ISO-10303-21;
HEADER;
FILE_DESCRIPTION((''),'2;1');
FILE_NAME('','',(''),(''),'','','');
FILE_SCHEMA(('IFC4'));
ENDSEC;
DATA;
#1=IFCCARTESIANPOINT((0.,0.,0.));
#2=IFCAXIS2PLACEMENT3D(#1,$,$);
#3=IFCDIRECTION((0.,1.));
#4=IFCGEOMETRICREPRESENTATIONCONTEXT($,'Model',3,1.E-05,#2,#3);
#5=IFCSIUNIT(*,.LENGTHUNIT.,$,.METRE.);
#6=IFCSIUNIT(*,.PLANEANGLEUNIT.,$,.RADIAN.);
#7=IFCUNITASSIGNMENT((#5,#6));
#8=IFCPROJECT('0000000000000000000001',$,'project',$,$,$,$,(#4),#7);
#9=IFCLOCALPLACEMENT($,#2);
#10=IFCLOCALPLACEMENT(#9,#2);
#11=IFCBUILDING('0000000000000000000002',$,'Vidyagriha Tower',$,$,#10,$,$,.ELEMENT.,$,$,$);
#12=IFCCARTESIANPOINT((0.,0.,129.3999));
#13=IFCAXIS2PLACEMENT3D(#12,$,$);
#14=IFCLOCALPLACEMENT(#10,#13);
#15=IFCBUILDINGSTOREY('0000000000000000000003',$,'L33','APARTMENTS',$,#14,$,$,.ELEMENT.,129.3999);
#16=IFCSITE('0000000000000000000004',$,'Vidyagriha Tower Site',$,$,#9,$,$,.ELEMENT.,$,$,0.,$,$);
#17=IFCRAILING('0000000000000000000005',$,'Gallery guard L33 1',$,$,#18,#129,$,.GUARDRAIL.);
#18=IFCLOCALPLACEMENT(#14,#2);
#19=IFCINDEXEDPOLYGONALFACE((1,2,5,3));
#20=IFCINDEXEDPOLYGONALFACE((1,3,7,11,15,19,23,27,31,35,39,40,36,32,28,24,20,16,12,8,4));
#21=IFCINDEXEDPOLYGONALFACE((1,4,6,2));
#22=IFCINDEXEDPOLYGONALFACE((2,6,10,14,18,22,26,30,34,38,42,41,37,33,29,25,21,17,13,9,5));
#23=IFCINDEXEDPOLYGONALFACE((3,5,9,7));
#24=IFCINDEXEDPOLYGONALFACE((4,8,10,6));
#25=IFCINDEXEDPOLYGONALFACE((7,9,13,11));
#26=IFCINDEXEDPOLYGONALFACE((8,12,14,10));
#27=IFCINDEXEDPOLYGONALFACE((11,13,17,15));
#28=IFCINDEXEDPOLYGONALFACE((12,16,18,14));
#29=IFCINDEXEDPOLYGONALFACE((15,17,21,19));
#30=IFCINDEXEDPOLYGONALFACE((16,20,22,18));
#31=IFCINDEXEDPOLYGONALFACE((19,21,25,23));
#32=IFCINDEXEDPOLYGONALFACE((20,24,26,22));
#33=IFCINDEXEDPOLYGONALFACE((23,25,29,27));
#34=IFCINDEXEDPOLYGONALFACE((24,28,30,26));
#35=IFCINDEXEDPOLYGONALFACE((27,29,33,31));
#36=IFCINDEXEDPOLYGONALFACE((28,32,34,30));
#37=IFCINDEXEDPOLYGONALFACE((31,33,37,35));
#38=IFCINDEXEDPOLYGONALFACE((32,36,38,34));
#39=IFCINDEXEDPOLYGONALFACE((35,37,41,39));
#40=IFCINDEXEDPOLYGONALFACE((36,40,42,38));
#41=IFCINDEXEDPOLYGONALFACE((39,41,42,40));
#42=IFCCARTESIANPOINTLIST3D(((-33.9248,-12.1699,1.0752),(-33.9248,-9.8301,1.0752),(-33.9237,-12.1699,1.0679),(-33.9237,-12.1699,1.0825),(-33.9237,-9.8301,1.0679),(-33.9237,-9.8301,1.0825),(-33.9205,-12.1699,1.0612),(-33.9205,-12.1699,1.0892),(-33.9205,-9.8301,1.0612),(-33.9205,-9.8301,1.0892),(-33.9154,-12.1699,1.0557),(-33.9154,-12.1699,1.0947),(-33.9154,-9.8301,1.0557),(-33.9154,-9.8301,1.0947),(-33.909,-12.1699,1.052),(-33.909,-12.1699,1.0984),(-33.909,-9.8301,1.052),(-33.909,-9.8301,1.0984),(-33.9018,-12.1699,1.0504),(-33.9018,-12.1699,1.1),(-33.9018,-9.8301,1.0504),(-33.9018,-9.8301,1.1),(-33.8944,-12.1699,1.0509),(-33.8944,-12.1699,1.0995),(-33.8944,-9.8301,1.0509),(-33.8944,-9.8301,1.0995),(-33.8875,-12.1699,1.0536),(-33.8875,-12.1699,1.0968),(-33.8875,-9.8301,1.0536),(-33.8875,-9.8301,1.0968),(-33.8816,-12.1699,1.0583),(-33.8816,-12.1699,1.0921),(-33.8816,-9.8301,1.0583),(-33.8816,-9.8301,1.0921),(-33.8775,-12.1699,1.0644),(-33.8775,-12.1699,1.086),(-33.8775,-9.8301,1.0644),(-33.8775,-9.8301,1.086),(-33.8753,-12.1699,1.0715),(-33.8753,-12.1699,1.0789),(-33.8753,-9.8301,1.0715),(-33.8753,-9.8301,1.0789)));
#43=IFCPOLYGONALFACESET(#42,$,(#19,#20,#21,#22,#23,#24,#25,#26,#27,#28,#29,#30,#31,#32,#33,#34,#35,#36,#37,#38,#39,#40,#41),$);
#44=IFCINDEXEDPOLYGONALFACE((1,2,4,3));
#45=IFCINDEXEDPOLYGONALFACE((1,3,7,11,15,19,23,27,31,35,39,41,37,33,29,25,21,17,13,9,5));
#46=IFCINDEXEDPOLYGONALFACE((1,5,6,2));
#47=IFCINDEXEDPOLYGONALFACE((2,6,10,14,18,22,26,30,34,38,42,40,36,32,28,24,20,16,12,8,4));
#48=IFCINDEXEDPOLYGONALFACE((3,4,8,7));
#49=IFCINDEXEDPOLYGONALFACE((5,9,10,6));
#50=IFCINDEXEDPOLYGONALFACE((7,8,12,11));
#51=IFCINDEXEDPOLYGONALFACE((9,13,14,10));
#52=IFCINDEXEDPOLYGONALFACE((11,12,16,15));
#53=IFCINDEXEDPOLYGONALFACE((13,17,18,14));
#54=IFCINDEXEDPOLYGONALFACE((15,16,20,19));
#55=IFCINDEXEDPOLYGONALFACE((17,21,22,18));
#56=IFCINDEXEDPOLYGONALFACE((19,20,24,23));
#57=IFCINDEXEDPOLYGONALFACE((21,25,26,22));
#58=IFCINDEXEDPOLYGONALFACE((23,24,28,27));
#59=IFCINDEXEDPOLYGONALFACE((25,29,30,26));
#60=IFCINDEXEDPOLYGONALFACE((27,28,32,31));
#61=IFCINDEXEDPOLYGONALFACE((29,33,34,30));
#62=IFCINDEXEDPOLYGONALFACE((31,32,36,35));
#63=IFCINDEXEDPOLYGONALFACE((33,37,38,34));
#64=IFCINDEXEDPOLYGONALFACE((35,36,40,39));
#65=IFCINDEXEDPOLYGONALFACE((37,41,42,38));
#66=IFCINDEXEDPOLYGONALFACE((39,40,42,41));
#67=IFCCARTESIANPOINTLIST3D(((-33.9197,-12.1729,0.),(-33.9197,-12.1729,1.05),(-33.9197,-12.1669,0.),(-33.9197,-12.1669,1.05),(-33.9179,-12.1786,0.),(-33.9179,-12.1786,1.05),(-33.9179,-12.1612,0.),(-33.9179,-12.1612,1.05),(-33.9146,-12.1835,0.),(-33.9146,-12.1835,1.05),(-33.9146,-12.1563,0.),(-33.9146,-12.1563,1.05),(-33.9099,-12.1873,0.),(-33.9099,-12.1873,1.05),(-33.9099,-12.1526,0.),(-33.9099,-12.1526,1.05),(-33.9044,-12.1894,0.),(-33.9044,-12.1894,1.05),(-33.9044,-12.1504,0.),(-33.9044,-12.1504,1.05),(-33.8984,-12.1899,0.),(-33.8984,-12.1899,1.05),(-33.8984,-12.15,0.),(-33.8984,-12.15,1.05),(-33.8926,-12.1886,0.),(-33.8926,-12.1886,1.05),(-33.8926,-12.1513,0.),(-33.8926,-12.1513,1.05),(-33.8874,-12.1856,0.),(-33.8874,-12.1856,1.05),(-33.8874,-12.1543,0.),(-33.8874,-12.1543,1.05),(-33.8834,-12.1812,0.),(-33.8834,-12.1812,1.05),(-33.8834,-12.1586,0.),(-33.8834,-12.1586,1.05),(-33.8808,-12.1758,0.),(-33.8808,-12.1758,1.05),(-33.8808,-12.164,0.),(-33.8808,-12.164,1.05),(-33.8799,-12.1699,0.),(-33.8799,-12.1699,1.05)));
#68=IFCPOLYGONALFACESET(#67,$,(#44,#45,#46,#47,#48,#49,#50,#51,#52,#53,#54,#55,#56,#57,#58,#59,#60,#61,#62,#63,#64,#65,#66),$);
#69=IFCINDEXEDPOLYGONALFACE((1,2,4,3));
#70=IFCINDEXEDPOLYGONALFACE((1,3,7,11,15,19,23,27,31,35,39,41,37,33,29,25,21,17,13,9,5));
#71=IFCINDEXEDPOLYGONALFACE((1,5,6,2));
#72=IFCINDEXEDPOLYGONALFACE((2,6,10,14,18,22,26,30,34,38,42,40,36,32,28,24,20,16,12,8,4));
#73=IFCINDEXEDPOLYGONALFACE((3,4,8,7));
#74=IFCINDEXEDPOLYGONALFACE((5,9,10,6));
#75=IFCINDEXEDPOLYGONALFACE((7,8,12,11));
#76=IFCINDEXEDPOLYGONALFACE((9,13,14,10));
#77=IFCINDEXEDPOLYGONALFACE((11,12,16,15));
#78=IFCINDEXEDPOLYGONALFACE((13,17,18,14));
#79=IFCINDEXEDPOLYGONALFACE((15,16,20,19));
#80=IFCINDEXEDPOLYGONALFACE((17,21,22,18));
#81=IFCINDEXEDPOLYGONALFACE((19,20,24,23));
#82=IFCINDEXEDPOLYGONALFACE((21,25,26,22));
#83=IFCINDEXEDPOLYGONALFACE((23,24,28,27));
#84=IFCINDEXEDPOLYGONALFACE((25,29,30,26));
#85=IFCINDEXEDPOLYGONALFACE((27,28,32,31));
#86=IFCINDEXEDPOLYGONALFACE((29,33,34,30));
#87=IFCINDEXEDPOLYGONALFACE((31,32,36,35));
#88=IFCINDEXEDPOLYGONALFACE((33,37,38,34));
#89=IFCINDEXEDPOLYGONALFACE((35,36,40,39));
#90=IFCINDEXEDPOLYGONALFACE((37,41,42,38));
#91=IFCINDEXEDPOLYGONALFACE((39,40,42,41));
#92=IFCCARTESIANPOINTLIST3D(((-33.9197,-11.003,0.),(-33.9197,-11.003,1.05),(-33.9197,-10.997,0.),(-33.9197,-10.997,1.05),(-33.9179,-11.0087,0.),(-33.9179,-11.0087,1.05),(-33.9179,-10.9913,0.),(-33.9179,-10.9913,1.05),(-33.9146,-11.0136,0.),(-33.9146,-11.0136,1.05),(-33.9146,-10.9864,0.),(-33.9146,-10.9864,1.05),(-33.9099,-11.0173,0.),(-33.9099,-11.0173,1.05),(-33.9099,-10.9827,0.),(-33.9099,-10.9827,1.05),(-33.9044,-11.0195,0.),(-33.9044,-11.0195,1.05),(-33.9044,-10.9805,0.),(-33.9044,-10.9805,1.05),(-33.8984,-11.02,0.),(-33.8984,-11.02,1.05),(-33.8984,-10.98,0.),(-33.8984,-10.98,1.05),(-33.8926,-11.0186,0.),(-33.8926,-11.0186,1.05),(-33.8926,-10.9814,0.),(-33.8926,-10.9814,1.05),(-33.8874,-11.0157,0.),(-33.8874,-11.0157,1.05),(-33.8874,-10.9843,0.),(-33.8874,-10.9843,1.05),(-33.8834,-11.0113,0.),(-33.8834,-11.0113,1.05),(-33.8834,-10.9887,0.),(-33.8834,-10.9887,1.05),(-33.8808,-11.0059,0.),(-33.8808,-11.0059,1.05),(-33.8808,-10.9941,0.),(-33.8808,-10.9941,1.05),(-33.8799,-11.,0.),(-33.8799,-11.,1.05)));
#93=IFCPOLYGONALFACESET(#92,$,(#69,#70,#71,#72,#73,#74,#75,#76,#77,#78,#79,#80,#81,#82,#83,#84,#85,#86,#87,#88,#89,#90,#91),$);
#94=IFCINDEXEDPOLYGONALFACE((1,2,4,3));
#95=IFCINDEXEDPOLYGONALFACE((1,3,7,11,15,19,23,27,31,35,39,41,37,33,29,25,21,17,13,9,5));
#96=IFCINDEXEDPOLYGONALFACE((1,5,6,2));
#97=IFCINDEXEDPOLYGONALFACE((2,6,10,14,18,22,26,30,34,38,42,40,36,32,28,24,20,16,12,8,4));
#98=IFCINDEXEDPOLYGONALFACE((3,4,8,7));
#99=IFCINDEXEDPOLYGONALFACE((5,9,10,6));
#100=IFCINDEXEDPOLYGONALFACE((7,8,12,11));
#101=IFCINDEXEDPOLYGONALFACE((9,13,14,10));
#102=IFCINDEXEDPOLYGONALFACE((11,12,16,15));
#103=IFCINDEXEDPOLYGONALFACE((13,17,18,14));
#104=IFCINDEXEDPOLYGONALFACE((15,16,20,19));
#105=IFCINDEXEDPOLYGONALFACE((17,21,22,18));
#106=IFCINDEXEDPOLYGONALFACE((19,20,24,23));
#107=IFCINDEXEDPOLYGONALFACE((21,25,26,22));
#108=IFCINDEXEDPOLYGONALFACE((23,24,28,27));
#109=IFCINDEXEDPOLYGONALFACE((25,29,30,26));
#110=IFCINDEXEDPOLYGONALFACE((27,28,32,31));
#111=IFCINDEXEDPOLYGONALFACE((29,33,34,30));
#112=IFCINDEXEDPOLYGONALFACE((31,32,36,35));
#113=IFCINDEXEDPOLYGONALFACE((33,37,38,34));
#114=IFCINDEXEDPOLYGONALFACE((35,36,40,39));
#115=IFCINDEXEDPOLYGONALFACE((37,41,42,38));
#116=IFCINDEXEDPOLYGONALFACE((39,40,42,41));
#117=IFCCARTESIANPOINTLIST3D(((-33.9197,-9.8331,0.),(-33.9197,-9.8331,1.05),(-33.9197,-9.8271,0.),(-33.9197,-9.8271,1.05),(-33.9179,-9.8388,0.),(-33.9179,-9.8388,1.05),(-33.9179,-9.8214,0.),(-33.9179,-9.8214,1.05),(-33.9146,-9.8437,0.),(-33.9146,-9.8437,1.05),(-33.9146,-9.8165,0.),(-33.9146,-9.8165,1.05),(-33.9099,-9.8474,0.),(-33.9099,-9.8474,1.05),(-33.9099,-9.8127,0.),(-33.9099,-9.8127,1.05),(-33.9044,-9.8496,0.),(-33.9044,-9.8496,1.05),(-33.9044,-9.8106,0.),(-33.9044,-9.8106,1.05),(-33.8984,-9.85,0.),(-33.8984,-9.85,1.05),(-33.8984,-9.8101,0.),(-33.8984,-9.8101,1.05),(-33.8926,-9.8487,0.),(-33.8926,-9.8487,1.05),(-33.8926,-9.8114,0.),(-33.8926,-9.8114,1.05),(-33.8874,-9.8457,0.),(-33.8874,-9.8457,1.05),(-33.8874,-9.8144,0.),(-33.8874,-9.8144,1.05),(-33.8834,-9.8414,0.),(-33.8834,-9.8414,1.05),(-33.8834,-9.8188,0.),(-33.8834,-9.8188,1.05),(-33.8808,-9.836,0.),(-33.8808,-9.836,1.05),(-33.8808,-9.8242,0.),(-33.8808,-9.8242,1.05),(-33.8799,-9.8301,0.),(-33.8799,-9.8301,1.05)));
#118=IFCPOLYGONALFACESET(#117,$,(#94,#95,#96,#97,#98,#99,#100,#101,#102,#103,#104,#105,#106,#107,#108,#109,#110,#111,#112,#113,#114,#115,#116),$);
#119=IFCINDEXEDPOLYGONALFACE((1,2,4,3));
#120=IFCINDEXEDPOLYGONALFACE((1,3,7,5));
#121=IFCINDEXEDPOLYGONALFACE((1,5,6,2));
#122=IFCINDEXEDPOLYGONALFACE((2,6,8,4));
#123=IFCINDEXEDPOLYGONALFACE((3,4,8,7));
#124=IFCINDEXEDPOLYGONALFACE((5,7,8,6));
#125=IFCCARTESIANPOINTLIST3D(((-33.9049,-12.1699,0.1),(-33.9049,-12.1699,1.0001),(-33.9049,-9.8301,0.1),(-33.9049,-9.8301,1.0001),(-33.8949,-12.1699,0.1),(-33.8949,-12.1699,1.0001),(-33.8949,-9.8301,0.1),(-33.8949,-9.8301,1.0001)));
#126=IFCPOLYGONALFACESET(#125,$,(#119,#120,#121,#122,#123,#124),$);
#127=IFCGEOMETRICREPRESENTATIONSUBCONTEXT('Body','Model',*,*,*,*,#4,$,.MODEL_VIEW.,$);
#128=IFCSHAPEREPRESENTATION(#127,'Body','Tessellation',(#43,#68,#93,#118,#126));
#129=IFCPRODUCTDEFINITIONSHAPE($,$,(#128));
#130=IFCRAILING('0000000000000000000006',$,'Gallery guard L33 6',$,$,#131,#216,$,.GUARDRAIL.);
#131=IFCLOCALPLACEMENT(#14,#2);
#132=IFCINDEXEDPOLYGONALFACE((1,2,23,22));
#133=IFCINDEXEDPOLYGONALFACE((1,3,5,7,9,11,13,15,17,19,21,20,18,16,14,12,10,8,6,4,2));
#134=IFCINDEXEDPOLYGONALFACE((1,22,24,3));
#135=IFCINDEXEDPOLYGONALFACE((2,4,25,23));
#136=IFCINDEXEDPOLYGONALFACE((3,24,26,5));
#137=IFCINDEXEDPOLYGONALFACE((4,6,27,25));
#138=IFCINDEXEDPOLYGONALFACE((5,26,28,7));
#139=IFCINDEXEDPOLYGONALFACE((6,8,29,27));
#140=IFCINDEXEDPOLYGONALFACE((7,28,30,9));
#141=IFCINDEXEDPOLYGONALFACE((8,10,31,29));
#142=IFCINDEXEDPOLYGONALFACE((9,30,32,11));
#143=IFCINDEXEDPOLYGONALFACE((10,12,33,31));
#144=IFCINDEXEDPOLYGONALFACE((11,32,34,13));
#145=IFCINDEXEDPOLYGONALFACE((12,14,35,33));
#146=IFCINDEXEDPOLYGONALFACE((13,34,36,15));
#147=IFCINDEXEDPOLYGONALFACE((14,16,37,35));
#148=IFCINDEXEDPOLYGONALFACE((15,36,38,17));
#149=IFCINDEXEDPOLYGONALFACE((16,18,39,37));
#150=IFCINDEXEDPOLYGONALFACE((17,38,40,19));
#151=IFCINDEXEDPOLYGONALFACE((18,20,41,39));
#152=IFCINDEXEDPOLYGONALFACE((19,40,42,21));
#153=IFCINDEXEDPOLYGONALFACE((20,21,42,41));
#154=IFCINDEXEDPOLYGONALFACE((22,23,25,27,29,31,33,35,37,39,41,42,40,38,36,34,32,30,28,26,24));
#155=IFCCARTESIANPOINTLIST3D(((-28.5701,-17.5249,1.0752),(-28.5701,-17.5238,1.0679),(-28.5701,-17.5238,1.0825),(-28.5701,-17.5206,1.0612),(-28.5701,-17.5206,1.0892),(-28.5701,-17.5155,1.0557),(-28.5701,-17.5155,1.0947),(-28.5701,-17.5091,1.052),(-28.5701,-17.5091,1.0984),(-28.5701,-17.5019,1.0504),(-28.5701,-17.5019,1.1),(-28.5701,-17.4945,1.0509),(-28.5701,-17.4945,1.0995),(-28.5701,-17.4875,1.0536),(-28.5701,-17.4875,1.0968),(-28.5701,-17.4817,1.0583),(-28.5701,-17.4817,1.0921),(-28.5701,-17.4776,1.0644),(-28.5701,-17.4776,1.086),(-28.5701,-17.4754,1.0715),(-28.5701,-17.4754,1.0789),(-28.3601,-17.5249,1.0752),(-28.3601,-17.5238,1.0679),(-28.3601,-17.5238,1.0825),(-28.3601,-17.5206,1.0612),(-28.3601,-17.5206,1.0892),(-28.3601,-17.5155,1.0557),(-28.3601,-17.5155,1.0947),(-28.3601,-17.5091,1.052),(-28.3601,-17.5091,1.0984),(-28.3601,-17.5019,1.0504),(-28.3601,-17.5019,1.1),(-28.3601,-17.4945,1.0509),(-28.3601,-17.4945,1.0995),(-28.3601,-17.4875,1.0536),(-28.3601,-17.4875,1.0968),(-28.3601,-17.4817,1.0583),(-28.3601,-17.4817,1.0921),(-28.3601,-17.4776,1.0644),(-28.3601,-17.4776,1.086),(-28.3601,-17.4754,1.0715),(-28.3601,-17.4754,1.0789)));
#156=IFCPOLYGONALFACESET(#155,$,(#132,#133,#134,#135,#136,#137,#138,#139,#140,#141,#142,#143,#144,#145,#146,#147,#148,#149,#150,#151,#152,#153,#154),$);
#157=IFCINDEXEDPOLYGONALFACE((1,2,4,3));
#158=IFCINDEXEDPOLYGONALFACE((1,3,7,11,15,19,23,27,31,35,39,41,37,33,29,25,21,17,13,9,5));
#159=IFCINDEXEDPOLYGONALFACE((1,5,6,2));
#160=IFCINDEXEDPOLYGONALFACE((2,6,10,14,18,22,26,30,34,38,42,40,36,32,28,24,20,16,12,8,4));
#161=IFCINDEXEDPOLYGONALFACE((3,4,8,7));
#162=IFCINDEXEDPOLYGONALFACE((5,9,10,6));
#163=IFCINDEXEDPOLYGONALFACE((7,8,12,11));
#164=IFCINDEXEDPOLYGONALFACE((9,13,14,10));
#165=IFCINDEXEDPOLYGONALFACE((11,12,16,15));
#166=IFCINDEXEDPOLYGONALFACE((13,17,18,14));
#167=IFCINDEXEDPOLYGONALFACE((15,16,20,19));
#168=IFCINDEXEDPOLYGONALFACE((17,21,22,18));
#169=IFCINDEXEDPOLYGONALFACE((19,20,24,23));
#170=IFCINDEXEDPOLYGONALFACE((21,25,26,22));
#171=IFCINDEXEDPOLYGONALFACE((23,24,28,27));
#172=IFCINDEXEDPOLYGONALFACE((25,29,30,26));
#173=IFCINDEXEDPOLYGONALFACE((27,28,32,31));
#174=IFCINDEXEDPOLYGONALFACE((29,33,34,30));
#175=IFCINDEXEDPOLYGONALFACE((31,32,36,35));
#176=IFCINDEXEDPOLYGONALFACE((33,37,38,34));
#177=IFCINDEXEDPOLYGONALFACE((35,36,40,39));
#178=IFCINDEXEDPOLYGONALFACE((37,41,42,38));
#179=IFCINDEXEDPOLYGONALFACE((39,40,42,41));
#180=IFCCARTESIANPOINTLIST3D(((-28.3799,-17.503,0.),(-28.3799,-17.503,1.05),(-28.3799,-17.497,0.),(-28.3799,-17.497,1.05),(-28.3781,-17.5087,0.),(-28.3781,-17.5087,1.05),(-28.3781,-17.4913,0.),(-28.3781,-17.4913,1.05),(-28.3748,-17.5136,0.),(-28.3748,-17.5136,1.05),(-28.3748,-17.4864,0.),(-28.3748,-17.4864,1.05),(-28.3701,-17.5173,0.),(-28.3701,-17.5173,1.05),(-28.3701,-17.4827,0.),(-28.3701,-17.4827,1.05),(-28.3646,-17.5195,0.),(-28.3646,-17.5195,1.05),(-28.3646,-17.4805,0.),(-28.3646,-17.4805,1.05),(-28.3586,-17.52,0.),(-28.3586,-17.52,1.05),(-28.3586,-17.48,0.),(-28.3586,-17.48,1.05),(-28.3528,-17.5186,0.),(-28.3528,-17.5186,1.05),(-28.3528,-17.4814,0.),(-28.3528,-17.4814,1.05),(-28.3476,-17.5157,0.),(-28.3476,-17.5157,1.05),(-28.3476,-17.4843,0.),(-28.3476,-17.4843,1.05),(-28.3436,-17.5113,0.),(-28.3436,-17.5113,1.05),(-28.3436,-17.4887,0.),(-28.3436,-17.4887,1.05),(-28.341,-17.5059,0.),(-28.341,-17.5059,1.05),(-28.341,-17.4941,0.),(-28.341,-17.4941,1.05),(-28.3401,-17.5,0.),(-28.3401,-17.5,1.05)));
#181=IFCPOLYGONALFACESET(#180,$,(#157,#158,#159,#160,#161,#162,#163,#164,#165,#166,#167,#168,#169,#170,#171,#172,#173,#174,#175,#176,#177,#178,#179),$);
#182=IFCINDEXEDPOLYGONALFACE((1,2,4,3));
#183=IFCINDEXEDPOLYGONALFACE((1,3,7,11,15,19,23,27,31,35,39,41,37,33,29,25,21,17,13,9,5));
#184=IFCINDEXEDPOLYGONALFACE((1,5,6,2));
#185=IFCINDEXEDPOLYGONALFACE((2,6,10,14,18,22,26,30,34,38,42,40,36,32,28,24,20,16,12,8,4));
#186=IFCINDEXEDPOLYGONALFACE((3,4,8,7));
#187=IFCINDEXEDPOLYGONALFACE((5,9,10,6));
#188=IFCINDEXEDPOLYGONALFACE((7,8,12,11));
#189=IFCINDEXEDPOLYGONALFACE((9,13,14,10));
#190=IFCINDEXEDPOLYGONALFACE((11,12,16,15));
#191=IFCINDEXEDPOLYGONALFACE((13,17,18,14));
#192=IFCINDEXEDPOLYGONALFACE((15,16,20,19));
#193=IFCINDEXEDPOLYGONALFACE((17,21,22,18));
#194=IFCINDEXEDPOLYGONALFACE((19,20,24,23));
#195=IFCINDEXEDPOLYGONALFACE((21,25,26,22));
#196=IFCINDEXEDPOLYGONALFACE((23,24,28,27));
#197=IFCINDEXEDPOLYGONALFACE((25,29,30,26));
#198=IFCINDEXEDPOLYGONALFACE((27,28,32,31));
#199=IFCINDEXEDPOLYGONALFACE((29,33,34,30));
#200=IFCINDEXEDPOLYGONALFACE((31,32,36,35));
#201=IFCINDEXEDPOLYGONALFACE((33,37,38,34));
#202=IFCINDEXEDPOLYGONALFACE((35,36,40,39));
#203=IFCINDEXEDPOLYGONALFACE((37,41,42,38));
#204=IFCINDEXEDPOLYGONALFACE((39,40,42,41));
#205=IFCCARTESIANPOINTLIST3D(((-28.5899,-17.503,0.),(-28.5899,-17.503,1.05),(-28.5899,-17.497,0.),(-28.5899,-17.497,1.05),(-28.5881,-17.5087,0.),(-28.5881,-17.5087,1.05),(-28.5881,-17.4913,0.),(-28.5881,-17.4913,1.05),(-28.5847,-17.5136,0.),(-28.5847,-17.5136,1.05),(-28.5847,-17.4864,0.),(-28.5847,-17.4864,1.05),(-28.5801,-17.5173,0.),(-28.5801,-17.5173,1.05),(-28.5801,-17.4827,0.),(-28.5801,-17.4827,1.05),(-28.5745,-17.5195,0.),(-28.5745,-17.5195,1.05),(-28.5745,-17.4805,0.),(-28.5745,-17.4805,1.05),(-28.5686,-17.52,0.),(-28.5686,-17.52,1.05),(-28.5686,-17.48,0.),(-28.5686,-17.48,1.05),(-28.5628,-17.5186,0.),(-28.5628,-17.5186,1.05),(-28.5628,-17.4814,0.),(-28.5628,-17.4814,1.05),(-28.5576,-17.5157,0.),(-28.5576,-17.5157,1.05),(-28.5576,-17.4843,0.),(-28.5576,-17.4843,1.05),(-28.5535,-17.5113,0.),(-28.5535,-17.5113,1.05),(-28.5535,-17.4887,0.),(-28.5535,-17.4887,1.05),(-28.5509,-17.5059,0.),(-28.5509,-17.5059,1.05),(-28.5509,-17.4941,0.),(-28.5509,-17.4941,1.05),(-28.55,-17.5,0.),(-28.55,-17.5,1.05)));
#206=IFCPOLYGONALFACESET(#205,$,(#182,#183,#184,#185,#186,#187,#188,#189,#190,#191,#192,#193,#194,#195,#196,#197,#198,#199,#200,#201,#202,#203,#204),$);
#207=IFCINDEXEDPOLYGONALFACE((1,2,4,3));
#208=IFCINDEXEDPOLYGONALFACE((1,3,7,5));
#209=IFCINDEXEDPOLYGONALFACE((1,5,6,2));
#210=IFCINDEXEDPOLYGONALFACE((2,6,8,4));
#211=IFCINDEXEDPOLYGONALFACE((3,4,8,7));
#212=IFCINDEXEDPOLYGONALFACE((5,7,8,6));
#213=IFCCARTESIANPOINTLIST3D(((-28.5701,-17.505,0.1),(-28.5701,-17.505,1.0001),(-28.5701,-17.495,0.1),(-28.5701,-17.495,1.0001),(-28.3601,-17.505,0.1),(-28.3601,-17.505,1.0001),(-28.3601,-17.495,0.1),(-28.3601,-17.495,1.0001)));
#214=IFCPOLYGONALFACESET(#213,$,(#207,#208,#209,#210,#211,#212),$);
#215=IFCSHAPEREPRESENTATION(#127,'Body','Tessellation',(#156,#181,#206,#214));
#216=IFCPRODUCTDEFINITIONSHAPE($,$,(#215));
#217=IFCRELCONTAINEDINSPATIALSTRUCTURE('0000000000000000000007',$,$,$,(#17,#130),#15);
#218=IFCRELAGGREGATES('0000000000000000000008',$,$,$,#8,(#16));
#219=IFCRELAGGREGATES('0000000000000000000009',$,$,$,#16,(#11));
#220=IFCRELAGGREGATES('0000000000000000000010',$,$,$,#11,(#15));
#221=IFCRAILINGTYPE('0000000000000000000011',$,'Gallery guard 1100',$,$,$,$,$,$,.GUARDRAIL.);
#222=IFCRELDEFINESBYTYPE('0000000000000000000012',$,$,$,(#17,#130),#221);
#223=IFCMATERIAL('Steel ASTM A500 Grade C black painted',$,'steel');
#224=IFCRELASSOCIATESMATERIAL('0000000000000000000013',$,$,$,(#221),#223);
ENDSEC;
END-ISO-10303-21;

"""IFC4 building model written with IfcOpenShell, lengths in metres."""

from ifc_helpers import new_model, si_unit, direction, frame, origin, origin_2d, place, context, subcontext, project, spatial, rectangle, circle, extrude, material, type_object, element, save


model = new_model("IFC4")

# Units and contexts
model_context = context("Model", 3, precision=1e-05, world=origin(), true_north=direction((0.0, 1.0)))
body_context = subcontext(model_context, "Body", "Model", "MODEL_VIEW")
ifc_project = project(units=[si_unit("LENGTHUNIT", "METRE"), si_unit("PLANEANGLEUNIT", "RADIAN")], contexts=[model_context])

# Site, building, storey
site_placement = place(None, origin())
site = spatial("IfcSite", under=ifc_project, at=site_placement, Name="Vidyagriha Tower Site", CompositionType="ELEMENT", RefElevation=0.0)
building_placement = place(site_placement, origin())
building = spatial("IfcBuilding", under=site, at=building_placement, Name="Vidyagriha Tower", CompositionType="ELEMENT")
storey_placement = place(building_placement, frame((0.0, 0.0, 129.3999)))
storey = spatial("IfcBuildingStorey", under=building, at=storey_placement, Name="L33", Description="APARTMENTS", CompositionType="ELEMENT", Elevation=129.3999)

# Railings
ifc_material_1 = material(Name="Steel ASTM A500 Grade C black painted", Category="steel")
railing_type_1 = type_object("IfcRailingType", Name="Gallery guard 1100", PredefinedType="GUARDRAIL", material=ifc_material_1)
railing_1_placement = place(storey_placement, frame((-33.8999, -12.1699, 0.0)))
element("IfcRailing", 1, at=railing_1_placement, inside=storey, type_object=railing_type_1, Name="Gallery guard L33 1", PredefinedType="GUARDRAIL", context=body_context, shape_type="SweptSolid", body=[
    extrude(circle(Radius=0.0249, at=origin_2d()), frame((0.0, 0.0, 1.0752), z_axis=(0.0, 1.0, 0.0), x_axis=(-1.0, 0.0, 0.0)), (0.0, 0.0, 1.0), 2.3398),
    extrude(circle(Radius=0.02, at=origin_2d()), origin(), (0.0, 0.0, 1.0), 1.05),
    extrude(circle(Radius=0.02, at=origin_2d()), frame((0.0, 1.1699, 0.0)), (0.0, 0.0, 1.0), 1.05),
    extrude(circle(Radius=0.02, at=origin_2d()), frame((0.0, 2.3398, 0.0)), (0.0, 0.0, 1.0), 1.05),
    extrude(rectangle(XDim=0.01, YDim=0.9001, at=origin_2d()), frame((0.0, 0.0, 0.55), z_axis=(0.0, 1.0, 0.0), x_axis=(-1.0, 0.0, 0.0)), (0.0, 0.0, 1.0), 2.3398),
])
railing_2_placement = place(storey_placement, frame((-28.3601, -17.5, 0.0)))
element("IfcRailing", 2, at=railing_2_placement, inside=storey, type_object=railing_type_1, Name="Gallery guard L33 6", PredefinedType="GUARDRAIL", context=body_context, shape_type="SweptSolid", body=[
    extrude(circle(Radius=0.0249, at=origin_2d()), frame((0.0, 0.0, 1.0752), z_axis=(-1.0, 0.0, 0.0), x_axis=(0.0, -1.0, 0.0)), (0.0, 0.0, 1.0), 0.21),
    extrude(circle(Radius=0.02, at=origin_2d()), origin(), (0.0, 0.0, 1.0), 1.05),
    extrude(circle(Radius=0.02, at=origin_2d()), frame((-0.21, 0.0, 0.0)), (0.0, 0.0, 1.0), 1.05),
    extrude(rectangle(XDim=0.01, YDim=0.9001, at=origin_2d()), frame((0.0, 0.0, 0.55), z_axis=(-1.0, 0.0, 0.0), x_axis=(0.0, -1.0, 0.0)), (0.0, 0.0, 1.0), 0.21),
])

save(model, "model.ifc")
